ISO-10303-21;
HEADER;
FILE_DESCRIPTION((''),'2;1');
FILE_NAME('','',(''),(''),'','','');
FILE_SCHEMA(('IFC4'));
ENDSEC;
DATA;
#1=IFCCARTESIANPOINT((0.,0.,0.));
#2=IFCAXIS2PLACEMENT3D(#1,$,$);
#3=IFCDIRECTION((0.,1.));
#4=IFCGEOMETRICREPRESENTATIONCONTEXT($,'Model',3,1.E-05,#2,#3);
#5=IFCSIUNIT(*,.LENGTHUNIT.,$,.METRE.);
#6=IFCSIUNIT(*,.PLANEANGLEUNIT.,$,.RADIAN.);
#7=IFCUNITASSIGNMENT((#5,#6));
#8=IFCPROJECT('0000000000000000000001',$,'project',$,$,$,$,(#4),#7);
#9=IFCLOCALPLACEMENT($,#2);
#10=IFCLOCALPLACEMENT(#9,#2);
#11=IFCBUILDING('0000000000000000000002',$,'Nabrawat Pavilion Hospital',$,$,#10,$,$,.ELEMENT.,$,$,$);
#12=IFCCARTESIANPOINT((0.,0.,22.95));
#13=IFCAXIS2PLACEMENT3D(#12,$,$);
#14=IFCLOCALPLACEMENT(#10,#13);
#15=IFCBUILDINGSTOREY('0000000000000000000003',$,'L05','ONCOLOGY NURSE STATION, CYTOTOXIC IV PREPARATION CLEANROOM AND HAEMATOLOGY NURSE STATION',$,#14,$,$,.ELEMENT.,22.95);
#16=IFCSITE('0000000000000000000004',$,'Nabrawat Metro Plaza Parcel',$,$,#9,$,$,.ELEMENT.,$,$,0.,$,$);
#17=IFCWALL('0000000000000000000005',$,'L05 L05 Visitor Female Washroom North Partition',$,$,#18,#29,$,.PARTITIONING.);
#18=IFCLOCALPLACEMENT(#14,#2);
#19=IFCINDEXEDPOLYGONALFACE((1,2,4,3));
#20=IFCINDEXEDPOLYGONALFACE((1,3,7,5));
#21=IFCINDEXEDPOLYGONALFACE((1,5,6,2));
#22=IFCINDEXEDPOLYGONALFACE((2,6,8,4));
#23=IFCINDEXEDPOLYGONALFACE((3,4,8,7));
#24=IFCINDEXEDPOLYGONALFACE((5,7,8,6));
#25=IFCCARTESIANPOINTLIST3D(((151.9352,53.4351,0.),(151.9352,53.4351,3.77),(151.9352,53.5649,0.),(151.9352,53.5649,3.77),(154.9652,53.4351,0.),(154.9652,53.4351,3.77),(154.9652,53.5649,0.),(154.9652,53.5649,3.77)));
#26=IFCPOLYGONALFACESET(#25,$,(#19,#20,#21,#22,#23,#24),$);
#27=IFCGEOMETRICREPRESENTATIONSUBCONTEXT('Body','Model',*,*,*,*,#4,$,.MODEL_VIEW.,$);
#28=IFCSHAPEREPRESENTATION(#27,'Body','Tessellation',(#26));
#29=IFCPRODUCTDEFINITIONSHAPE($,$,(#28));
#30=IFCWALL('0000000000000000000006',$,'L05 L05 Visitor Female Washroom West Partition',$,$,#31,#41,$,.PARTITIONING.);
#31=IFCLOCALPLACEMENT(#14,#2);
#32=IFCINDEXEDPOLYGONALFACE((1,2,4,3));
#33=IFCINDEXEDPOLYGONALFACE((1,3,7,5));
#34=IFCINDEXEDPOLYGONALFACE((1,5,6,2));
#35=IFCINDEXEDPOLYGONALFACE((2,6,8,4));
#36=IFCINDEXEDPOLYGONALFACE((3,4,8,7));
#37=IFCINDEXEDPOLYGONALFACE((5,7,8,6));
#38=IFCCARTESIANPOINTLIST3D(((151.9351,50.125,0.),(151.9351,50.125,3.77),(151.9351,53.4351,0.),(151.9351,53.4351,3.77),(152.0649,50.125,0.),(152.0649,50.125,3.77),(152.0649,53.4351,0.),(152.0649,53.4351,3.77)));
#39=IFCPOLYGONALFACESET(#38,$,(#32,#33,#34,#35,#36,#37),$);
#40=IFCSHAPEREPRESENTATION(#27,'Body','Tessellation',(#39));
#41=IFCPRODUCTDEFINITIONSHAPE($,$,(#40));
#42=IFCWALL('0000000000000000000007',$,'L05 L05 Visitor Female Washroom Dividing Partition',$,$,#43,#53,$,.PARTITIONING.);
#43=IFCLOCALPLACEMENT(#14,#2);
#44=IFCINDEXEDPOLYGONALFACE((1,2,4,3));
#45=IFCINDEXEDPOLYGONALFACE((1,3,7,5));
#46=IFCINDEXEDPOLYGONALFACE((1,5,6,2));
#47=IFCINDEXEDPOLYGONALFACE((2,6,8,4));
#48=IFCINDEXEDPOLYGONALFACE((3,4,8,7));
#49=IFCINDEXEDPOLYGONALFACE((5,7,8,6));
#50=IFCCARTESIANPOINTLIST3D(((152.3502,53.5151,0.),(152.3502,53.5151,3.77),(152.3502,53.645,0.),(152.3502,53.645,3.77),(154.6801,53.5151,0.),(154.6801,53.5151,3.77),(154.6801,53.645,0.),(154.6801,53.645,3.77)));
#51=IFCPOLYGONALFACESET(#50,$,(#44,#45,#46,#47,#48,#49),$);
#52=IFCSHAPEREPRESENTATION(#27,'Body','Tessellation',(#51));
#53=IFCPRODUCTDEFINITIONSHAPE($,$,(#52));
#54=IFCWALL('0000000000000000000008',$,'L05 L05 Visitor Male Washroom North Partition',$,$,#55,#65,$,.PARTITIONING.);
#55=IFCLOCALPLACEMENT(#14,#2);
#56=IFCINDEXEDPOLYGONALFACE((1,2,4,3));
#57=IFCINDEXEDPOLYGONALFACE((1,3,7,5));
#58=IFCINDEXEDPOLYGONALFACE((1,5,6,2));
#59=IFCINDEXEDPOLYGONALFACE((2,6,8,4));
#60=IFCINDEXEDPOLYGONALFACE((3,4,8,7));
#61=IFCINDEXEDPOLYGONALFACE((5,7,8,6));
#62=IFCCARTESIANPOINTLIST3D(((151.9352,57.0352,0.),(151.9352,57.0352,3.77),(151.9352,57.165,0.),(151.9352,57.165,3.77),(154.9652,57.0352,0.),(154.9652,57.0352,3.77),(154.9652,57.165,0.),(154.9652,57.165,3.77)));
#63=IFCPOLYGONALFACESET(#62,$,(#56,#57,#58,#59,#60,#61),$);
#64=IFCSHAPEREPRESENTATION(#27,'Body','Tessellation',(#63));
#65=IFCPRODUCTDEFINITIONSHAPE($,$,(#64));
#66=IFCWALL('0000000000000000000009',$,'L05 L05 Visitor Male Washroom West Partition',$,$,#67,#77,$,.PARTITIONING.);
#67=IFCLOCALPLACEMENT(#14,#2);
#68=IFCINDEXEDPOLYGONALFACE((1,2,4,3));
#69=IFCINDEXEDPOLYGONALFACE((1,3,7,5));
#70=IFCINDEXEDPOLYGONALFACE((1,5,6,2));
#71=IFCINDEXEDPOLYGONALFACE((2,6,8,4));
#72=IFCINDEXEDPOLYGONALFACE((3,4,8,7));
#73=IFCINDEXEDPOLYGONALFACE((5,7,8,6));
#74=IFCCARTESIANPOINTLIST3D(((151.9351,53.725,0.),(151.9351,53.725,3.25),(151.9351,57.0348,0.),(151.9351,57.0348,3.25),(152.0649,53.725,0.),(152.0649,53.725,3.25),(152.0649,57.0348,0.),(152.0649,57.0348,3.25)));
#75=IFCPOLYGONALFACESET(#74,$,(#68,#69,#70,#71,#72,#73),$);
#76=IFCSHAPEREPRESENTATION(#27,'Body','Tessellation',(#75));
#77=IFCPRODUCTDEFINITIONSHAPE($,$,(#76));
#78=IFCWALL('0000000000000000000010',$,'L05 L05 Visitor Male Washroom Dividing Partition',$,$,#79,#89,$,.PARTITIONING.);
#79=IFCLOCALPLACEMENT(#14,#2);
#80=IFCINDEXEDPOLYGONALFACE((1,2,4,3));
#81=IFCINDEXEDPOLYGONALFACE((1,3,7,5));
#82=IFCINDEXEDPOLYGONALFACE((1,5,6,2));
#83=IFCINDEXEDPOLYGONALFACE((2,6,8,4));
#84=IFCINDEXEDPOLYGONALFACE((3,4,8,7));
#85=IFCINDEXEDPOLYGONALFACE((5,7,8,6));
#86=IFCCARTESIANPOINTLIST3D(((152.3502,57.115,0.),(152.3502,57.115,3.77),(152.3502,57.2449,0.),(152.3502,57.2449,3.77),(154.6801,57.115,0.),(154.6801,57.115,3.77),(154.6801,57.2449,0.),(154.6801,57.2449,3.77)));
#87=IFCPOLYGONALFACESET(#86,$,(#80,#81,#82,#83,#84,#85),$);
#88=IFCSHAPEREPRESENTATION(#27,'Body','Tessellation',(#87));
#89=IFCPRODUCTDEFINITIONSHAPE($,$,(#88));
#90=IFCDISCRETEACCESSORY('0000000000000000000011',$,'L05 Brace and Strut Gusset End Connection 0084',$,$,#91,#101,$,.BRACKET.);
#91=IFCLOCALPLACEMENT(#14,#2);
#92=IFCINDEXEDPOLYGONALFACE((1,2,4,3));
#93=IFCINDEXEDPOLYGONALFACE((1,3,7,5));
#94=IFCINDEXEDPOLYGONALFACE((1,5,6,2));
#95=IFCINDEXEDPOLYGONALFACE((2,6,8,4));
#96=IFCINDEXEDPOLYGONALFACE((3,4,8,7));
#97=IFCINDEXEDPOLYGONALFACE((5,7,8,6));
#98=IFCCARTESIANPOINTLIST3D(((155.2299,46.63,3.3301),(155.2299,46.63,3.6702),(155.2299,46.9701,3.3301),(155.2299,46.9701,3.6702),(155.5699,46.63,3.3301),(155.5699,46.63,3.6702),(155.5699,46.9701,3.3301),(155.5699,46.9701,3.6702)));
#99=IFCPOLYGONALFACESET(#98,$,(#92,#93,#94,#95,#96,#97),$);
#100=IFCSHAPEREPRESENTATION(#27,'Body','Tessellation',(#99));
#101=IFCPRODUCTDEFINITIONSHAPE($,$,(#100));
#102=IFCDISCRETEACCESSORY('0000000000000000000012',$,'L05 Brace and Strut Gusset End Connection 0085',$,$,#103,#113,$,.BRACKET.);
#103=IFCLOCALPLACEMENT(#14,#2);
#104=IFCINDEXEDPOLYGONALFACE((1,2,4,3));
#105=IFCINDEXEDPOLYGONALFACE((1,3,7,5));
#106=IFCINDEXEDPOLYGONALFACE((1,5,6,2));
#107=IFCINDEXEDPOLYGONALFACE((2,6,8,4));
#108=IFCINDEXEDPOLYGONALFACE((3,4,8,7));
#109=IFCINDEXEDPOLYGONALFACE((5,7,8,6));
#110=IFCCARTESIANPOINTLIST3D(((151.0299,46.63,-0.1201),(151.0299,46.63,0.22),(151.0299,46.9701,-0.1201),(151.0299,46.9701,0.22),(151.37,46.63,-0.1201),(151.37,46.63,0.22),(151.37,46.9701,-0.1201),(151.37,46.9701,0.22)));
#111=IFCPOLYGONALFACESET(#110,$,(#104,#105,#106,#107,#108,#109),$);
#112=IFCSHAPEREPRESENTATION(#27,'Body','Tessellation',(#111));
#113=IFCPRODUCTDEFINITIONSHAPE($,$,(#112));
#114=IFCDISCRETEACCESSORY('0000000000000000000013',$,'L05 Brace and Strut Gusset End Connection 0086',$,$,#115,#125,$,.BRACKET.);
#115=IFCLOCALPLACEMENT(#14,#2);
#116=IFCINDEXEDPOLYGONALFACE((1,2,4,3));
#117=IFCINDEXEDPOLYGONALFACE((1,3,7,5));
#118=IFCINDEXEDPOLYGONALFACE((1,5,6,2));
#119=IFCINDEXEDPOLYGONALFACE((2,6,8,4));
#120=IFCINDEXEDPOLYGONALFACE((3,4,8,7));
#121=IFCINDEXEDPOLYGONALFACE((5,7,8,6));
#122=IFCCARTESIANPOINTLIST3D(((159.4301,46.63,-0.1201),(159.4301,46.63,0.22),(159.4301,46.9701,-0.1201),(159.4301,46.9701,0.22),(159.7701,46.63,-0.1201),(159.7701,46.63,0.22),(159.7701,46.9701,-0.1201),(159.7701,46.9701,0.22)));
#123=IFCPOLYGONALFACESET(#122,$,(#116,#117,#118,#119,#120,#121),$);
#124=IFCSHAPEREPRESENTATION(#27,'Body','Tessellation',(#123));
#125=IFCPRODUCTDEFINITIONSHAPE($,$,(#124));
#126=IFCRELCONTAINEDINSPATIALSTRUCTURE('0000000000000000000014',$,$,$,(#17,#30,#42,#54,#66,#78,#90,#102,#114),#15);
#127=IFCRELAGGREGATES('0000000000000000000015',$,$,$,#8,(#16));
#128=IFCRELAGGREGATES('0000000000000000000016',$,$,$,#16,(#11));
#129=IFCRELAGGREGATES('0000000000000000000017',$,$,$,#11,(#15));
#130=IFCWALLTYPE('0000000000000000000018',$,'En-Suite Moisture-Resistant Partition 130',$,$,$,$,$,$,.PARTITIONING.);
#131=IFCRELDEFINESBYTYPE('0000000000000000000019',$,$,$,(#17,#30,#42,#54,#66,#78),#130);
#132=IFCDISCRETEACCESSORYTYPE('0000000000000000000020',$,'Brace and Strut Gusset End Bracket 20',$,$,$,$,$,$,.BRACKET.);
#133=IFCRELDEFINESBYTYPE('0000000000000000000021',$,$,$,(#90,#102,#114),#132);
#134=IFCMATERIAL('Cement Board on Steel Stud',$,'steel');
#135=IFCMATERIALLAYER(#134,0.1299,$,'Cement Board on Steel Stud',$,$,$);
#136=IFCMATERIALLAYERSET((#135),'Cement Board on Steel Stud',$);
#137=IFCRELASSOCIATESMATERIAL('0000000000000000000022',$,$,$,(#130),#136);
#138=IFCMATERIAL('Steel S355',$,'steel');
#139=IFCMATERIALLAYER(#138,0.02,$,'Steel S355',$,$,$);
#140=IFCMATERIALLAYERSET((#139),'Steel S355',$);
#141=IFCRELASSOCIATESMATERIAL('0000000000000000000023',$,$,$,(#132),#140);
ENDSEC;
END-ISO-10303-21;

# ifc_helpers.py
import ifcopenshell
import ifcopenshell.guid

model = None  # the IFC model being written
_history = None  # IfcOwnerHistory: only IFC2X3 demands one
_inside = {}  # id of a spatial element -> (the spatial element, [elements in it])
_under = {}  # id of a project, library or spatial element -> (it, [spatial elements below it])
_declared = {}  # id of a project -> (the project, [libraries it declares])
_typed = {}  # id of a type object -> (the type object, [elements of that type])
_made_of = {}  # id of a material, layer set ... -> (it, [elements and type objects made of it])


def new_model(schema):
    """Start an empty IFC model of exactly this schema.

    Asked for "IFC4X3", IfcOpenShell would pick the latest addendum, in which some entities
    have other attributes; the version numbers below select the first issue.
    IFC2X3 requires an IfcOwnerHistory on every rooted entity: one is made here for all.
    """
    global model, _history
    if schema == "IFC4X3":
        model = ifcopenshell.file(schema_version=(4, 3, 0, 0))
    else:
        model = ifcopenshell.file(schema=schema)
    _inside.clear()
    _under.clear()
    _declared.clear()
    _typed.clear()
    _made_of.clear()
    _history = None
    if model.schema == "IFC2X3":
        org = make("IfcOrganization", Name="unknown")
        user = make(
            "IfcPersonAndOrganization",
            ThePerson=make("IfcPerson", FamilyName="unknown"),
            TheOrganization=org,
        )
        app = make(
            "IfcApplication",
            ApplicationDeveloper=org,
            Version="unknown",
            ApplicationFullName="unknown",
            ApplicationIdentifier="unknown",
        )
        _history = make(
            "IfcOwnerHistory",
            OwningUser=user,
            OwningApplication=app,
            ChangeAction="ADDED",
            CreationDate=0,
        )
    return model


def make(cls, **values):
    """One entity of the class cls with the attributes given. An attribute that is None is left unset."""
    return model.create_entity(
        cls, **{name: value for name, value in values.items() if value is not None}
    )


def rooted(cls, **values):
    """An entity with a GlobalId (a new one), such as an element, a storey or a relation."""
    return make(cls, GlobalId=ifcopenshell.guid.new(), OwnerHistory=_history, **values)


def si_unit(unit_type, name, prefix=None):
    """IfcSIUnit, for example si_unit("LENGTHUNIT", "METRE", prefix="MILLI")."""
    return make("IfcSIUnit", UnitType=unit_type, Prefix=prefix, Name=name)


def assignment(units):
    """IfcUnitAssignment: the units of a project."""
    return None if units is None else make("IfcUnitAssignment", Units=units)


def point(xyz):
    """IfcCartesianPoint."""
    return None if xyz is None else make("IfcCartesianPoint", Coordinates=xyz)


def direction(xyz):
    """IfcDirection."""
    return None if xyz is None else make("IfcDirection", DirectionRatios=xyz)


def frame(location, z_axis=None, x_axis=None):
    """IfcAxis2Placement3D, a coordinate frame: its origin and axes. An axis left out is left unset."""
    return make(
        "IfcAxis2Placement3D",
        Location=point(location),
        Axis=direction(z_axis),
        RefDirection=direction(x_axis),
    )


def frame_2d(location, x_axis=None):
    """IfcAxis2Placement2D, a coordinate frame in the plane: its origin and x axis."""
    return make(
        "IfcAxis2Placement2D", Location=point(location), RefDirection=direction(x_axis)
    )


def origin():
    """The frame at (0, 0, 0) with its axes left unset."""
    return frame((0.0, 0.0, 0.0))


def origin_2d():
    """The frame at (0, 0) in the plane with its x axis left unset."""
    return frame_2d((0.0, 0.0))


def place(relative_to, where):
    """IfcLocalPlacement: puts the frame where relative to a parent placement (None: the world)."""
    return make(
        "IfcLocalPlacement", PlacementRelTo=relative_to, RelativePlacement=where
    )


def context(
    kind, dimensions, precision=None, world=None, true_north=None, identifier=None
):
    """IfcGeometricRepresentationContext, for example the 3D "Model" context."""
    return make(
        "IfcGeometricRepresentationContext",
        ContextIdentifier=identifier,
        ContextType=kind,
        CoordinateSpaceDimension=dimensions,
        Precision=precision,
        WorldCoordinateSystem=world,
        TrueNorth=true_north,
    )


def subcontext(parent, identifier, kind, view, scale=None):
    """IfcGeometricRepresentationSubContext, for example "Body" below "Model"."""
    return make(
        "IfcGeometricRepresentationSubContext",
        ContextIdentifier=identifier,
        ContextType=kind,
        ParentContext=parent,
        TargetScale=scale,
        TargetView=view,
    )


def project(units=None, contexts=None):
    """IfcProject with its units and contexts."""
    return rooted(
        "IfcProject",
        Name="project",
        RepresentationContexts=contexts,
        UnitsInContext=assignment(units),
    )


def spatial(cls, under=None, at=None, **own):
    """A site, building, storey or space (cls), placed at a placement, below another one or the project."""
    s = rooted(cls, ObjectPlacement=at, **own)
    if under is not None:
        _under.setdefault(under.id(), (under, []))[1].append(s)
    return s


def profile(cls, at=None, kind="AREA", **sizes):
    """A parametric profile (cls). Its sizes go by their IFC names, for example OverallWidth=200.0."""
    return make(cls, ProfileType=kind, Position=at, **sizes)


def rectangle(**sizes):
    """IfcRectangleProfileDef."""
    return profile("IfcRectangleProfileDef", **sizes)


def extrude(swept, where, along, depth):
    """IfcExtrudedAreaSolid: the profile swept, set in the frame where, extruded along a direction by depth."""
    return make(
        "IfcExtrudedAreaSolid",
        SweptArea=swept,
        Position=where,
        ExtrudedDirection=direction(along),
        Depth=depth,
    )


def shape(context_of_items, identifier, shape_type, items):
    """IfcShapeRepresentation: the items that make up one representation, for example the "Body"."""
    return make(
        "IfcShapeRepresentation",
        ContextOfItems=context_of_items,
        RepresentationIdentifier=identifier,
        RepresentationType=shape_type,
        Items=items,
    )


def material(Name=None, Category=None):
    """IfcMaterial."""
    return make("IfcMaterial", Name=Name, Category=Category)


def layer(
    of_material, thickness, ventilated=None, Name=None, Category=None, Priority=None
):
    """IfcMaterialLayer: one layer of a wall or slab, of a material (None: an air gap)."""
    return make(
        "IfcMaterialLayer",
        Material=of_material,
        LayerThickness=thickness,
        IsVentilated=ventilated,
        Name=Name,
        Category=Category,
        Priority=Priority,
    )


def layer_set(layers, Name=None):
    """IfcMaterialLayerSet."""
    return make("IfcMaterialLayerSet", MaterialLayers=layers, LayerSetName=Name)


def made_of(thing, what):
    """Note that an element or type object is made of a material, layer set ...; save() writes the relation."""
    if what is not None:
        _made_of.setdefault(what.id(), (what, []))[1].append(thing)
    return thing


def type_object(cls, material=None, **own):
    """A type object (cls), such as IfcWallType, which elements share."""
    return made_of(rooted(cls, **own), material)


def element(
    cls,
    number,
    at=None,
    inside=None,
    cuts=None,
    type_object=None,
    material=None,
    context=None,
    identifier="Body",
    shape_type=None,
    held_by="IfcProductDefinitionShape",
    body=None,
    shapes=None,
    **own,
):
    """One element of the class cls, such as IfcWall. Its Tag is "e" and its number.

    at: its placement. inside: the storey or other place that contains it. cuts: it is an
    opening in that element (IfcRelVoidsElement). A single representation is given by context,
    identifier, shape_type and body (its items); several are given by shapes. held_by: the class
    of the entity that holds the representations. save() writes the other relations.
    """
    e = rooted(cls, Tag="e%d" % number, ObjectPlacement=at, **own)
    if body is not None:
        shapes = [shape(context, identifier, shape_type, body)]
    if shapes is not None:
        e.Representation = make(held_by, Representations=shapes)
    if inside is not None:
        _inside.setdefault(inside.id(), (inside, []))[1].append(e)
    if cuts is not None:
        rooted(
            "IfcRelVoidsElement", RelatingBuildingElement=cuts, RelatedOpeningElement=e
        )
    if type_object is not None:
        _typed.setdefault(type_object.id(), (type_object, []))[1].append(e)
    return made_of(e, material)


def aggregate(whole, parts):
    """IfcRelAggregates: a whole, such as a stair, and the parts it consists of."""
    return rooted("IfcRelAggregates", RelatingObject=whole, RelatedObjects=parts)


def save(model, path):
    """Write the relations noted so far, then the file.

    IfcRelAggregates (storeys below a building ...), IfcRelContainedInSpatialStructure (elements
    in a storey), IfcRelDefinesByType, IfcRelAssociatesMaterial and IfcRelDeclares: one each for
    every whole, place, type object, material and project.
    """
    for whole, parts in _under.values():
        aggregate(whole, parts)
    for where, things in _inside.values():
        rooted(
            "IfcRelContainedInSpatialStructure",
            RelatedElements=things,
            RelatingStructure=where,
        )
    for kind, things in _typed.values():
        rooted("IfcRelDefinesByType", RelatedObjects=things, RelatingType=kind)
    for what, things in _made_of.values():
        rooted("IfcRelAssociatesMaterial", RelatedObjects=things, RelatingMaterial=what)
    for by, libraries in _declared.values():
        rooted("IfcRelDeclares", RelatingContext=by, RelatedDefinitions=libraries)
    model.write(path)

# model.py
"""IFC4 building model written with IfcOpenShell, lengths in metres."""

from ifc_helpers import new_model, si_unit, direction, frame, frame_2d, origin, origin_2d, place, context, subcontext, project, spatial, rectangle, extrude, material, layer, layer_set, type_object, element, save


model = new_model("IFC4")

# Units and contexts
model_context = context("Model", 3, precision=1e-05, world=origin(), true_north=direction((0.0, 1.0)))
body_context = subcontext(model_context, "Body", "Model", "MODEL_VIEW")
ifc_project = project(units=[si_unit("LENGTHUNIT", "METRE"), si_unit("PLANEANGLEUNIT", "RADIAN")], contexts=[model_context])

# Site, building, storey
site_placement = place(None, origin())
site = spatial("IfcSite", under=ifc_project, at=site_placement, Name="Nabrawat Metro Plaza Parcel", CompositionType="ELEMENT", RefElevation=0.0)
building_placement = place(site_placement, origin())
building = spatial("IfcBuilding", under=site, at=building_placement, Name="Nabrawat Pavilion Hospital", CompositionType="ELEMENT")
storey_placement = place(building_placement, frame((0.0, 0.0, 22.95)))
storey = spatial("IfcBuildingStorey", under=building, at=storey_placement, Name="L05", Description="ONCOLOGY NURSE STATION, CYTOTOXIC IV PREPARATION CLEANROOM AND HAEMATOLOGY NURSE STATION", CompositionType="ELEMENT", Elevation=22.95)

# Shared definitions
ifc_material_1 = material(Name="Steel S355", Category="steel")

# Walls
ifc_material_2 = material(Name="Cement Board on Steel Stud", Category="steel")
ifc_layer_1 = layer(ifc_material_2, 0.1299, Name="Cement Board on Steel Stud")
ifc_layer_set_1 = layer_set([ifc_layer_1], Name="Cement Board on Steel Stud")
wall_type_1 = type_object("IfcWallType", Name="En-Suite Moisture-Resistant Partition 130", PredefinedType="PARTITIONING", material=ifc_layer_set_1)
wall_1_placement = place(storey_placement, frame((151.9351, 53.5, 0.0), z_axis=(0.0, 0.0, 1.0), x_axis=(1.0, 0.0, 0.0)))
element("IfcWall", 1, at=wall_1_placement, inside=storey, type_object=wall_type_1, Name="L05 L05 Visitor Female Washroom North Partition", PredefinedType="PARTITIONING", context=body_context, shape_type="SweptSolid", body=[
    extrude(rectangle(XDim=3.03, YDim=0.1299, at=frame_2d((1.5151, 0.0))), origin(), (0.0, 0.0, 1.0), 3.77),
])
wall_2_placement = place(storey_placement, frame((152.0, 50.125, 0.0), z_axis=(0.0, 0.0, 1.0), x_axis=(0.0, 1.0, 0.0)))
element("IfcWall", 2, at=wall_2_placement, inside=storey, type_object=wall_type_1, Name="L05 L05 Visitor Female Washroom West Partition", PredefinedType="PARTITIONING", context=body_context, shape_type="SweptSolid", body=[
    extrude(rectangle(XDim=3.3101, YDim=0.1299, at=frame_2d((1.655, 0.0))), origin(), (0.0, 0.0, 1.0), 3.77),
])
wall_3_placement = place(storey_placement, frame((152.3501, 53.5801, 0.0), z_axis=(0.0, 0.0, 1.0), x_axis=(1.0, 0.0, 0.0)))
element("IfcWall", 3, at=wall_3_placement, inside=storey, type_object=wall_type_1, Name="L05 L05 Visitor Female Washroom Dividing Partition", PredefinedType="PARTITIONING", context=body_context, shape_type="SweptSolid", body=[
    extrude(rectangle(XDim=2.3298, YDim=0.1299, at=frame_2d((1.165, 0.0))), origin(), (0.0, 0.0, 1.0), 3.77),
])
wall_4_placement = place(storey_placement, frame((151.9351, 57.1001, 0.0), z_axis=(0.0, 0.0, 1.0), x_axis=(1.0, 0.0, 0.0)))
element("IfcWall", 4, at=wall_4_placement, inside=storey, type_object=wall_type_1, Name="L05 L05 Visitor Male Washroom North Partition", PredefinedType="PARTITIONING", context=body_context, shape_type="SweptSolid", body=[
    extrude(rectangle(XDim=3.03, YDim=0.1299, at=frame_2d((1.5151, 0.0))), origin(), (0.0, 0.0, 1.0), 3.77),
])
wall_5_placement = place(storey_placement, frame((152.0, 53.7251, 0.0), z_axis=(0.0, 0.0, 1.0), x_axis=(0.0, 1.0, 0.0)))
element("IfcWall", 5, at=wall_5_placement, inside=storey, type_object=wall_type_1, Name="L05 L05 Visitor Male Washroom West Partition", PredefinedType="PARTITIONING", context=body_context, shape_type="SweptSolid", body=[
    extrude(rectangle(XDim=3.3098, YDim=0.1299, at=frame_2d((1.6548, 0.0))), origin(), (0.0, 0.0, 1.0), 3.25),
])
wall_6_placement = place(storey_placement, frame((152.3501, 57.1799, 0.0), z_axis=(0.0, 0.0, 1.0), x_axis=(1.0, 0.0, 0.0)))
element("IfcWall", 6, at=wall_6_placement, inside=storey, type_object=wall_type_1, Name="L05 L05 Visitor Male Washroom Dividing Partition", PredefinedType="PARTITIONING", context=body_context, shape_type="SweptSolid", body=[
    extrude(rectangle(XDim=2.3298, YDim=0.1299, at=frame_2d((1.165, 0.0))), origin(), (0.0, 0.0, 1.0), 3.77),
])

# Discrete accessories
ifc_layer_2 = layer(ifc_material_1, 0.02, Name="Steel S355")
ifc_layer_set_2 = layer_set([ifc_layer_2], Name="Steel S355")
discrete_accessory_type = type_object("IfcDiscreteAccessoryType", Name="Brace and Strut Gusset End Bracket 20", PredefinedType="BRACKET", material=ifc_layer_set_2)
for number, where, z_axis, x_axis, name in (
    (7, (155.3999, 46.8, 3.3301), (0.0, 0.0, 1.0), (1.0, 0.0, 0.0), "L05 Brace and Strut Gusset End Connection 0084"),
    (8, (151.2, 46.8, -0.1201), (0.0, 0.0, 1.0), (1.0, 0.0, 0.0), "L05 Brace and Strut Gusset End Connection 0085"),
    (9, (159.6001, 46.8, -0.1201), (0.0, 0.0, 1.0), (1.0, 0.0, 0.0), "L05 Brace and Strut Gusset End Connection 0086"),
):
    element("IfcDiscreteAccessory", number, at=place(storey_placement, frame(where, z_axis=z_axis, x_axis=x_axis)), inside=storey, type_object=discrete_accessory_type, Name=name, PredefinedType="BRACKET", context=body_context, shape_type="SweptSolid", body=[
        extrude(rectangle(XDim=0.3401, YDim=0.3401, at=origin_2d()), origin(), (0.0, 0.0, 1.0), 0.3401),
    ])

save(model, "model.ifc")
